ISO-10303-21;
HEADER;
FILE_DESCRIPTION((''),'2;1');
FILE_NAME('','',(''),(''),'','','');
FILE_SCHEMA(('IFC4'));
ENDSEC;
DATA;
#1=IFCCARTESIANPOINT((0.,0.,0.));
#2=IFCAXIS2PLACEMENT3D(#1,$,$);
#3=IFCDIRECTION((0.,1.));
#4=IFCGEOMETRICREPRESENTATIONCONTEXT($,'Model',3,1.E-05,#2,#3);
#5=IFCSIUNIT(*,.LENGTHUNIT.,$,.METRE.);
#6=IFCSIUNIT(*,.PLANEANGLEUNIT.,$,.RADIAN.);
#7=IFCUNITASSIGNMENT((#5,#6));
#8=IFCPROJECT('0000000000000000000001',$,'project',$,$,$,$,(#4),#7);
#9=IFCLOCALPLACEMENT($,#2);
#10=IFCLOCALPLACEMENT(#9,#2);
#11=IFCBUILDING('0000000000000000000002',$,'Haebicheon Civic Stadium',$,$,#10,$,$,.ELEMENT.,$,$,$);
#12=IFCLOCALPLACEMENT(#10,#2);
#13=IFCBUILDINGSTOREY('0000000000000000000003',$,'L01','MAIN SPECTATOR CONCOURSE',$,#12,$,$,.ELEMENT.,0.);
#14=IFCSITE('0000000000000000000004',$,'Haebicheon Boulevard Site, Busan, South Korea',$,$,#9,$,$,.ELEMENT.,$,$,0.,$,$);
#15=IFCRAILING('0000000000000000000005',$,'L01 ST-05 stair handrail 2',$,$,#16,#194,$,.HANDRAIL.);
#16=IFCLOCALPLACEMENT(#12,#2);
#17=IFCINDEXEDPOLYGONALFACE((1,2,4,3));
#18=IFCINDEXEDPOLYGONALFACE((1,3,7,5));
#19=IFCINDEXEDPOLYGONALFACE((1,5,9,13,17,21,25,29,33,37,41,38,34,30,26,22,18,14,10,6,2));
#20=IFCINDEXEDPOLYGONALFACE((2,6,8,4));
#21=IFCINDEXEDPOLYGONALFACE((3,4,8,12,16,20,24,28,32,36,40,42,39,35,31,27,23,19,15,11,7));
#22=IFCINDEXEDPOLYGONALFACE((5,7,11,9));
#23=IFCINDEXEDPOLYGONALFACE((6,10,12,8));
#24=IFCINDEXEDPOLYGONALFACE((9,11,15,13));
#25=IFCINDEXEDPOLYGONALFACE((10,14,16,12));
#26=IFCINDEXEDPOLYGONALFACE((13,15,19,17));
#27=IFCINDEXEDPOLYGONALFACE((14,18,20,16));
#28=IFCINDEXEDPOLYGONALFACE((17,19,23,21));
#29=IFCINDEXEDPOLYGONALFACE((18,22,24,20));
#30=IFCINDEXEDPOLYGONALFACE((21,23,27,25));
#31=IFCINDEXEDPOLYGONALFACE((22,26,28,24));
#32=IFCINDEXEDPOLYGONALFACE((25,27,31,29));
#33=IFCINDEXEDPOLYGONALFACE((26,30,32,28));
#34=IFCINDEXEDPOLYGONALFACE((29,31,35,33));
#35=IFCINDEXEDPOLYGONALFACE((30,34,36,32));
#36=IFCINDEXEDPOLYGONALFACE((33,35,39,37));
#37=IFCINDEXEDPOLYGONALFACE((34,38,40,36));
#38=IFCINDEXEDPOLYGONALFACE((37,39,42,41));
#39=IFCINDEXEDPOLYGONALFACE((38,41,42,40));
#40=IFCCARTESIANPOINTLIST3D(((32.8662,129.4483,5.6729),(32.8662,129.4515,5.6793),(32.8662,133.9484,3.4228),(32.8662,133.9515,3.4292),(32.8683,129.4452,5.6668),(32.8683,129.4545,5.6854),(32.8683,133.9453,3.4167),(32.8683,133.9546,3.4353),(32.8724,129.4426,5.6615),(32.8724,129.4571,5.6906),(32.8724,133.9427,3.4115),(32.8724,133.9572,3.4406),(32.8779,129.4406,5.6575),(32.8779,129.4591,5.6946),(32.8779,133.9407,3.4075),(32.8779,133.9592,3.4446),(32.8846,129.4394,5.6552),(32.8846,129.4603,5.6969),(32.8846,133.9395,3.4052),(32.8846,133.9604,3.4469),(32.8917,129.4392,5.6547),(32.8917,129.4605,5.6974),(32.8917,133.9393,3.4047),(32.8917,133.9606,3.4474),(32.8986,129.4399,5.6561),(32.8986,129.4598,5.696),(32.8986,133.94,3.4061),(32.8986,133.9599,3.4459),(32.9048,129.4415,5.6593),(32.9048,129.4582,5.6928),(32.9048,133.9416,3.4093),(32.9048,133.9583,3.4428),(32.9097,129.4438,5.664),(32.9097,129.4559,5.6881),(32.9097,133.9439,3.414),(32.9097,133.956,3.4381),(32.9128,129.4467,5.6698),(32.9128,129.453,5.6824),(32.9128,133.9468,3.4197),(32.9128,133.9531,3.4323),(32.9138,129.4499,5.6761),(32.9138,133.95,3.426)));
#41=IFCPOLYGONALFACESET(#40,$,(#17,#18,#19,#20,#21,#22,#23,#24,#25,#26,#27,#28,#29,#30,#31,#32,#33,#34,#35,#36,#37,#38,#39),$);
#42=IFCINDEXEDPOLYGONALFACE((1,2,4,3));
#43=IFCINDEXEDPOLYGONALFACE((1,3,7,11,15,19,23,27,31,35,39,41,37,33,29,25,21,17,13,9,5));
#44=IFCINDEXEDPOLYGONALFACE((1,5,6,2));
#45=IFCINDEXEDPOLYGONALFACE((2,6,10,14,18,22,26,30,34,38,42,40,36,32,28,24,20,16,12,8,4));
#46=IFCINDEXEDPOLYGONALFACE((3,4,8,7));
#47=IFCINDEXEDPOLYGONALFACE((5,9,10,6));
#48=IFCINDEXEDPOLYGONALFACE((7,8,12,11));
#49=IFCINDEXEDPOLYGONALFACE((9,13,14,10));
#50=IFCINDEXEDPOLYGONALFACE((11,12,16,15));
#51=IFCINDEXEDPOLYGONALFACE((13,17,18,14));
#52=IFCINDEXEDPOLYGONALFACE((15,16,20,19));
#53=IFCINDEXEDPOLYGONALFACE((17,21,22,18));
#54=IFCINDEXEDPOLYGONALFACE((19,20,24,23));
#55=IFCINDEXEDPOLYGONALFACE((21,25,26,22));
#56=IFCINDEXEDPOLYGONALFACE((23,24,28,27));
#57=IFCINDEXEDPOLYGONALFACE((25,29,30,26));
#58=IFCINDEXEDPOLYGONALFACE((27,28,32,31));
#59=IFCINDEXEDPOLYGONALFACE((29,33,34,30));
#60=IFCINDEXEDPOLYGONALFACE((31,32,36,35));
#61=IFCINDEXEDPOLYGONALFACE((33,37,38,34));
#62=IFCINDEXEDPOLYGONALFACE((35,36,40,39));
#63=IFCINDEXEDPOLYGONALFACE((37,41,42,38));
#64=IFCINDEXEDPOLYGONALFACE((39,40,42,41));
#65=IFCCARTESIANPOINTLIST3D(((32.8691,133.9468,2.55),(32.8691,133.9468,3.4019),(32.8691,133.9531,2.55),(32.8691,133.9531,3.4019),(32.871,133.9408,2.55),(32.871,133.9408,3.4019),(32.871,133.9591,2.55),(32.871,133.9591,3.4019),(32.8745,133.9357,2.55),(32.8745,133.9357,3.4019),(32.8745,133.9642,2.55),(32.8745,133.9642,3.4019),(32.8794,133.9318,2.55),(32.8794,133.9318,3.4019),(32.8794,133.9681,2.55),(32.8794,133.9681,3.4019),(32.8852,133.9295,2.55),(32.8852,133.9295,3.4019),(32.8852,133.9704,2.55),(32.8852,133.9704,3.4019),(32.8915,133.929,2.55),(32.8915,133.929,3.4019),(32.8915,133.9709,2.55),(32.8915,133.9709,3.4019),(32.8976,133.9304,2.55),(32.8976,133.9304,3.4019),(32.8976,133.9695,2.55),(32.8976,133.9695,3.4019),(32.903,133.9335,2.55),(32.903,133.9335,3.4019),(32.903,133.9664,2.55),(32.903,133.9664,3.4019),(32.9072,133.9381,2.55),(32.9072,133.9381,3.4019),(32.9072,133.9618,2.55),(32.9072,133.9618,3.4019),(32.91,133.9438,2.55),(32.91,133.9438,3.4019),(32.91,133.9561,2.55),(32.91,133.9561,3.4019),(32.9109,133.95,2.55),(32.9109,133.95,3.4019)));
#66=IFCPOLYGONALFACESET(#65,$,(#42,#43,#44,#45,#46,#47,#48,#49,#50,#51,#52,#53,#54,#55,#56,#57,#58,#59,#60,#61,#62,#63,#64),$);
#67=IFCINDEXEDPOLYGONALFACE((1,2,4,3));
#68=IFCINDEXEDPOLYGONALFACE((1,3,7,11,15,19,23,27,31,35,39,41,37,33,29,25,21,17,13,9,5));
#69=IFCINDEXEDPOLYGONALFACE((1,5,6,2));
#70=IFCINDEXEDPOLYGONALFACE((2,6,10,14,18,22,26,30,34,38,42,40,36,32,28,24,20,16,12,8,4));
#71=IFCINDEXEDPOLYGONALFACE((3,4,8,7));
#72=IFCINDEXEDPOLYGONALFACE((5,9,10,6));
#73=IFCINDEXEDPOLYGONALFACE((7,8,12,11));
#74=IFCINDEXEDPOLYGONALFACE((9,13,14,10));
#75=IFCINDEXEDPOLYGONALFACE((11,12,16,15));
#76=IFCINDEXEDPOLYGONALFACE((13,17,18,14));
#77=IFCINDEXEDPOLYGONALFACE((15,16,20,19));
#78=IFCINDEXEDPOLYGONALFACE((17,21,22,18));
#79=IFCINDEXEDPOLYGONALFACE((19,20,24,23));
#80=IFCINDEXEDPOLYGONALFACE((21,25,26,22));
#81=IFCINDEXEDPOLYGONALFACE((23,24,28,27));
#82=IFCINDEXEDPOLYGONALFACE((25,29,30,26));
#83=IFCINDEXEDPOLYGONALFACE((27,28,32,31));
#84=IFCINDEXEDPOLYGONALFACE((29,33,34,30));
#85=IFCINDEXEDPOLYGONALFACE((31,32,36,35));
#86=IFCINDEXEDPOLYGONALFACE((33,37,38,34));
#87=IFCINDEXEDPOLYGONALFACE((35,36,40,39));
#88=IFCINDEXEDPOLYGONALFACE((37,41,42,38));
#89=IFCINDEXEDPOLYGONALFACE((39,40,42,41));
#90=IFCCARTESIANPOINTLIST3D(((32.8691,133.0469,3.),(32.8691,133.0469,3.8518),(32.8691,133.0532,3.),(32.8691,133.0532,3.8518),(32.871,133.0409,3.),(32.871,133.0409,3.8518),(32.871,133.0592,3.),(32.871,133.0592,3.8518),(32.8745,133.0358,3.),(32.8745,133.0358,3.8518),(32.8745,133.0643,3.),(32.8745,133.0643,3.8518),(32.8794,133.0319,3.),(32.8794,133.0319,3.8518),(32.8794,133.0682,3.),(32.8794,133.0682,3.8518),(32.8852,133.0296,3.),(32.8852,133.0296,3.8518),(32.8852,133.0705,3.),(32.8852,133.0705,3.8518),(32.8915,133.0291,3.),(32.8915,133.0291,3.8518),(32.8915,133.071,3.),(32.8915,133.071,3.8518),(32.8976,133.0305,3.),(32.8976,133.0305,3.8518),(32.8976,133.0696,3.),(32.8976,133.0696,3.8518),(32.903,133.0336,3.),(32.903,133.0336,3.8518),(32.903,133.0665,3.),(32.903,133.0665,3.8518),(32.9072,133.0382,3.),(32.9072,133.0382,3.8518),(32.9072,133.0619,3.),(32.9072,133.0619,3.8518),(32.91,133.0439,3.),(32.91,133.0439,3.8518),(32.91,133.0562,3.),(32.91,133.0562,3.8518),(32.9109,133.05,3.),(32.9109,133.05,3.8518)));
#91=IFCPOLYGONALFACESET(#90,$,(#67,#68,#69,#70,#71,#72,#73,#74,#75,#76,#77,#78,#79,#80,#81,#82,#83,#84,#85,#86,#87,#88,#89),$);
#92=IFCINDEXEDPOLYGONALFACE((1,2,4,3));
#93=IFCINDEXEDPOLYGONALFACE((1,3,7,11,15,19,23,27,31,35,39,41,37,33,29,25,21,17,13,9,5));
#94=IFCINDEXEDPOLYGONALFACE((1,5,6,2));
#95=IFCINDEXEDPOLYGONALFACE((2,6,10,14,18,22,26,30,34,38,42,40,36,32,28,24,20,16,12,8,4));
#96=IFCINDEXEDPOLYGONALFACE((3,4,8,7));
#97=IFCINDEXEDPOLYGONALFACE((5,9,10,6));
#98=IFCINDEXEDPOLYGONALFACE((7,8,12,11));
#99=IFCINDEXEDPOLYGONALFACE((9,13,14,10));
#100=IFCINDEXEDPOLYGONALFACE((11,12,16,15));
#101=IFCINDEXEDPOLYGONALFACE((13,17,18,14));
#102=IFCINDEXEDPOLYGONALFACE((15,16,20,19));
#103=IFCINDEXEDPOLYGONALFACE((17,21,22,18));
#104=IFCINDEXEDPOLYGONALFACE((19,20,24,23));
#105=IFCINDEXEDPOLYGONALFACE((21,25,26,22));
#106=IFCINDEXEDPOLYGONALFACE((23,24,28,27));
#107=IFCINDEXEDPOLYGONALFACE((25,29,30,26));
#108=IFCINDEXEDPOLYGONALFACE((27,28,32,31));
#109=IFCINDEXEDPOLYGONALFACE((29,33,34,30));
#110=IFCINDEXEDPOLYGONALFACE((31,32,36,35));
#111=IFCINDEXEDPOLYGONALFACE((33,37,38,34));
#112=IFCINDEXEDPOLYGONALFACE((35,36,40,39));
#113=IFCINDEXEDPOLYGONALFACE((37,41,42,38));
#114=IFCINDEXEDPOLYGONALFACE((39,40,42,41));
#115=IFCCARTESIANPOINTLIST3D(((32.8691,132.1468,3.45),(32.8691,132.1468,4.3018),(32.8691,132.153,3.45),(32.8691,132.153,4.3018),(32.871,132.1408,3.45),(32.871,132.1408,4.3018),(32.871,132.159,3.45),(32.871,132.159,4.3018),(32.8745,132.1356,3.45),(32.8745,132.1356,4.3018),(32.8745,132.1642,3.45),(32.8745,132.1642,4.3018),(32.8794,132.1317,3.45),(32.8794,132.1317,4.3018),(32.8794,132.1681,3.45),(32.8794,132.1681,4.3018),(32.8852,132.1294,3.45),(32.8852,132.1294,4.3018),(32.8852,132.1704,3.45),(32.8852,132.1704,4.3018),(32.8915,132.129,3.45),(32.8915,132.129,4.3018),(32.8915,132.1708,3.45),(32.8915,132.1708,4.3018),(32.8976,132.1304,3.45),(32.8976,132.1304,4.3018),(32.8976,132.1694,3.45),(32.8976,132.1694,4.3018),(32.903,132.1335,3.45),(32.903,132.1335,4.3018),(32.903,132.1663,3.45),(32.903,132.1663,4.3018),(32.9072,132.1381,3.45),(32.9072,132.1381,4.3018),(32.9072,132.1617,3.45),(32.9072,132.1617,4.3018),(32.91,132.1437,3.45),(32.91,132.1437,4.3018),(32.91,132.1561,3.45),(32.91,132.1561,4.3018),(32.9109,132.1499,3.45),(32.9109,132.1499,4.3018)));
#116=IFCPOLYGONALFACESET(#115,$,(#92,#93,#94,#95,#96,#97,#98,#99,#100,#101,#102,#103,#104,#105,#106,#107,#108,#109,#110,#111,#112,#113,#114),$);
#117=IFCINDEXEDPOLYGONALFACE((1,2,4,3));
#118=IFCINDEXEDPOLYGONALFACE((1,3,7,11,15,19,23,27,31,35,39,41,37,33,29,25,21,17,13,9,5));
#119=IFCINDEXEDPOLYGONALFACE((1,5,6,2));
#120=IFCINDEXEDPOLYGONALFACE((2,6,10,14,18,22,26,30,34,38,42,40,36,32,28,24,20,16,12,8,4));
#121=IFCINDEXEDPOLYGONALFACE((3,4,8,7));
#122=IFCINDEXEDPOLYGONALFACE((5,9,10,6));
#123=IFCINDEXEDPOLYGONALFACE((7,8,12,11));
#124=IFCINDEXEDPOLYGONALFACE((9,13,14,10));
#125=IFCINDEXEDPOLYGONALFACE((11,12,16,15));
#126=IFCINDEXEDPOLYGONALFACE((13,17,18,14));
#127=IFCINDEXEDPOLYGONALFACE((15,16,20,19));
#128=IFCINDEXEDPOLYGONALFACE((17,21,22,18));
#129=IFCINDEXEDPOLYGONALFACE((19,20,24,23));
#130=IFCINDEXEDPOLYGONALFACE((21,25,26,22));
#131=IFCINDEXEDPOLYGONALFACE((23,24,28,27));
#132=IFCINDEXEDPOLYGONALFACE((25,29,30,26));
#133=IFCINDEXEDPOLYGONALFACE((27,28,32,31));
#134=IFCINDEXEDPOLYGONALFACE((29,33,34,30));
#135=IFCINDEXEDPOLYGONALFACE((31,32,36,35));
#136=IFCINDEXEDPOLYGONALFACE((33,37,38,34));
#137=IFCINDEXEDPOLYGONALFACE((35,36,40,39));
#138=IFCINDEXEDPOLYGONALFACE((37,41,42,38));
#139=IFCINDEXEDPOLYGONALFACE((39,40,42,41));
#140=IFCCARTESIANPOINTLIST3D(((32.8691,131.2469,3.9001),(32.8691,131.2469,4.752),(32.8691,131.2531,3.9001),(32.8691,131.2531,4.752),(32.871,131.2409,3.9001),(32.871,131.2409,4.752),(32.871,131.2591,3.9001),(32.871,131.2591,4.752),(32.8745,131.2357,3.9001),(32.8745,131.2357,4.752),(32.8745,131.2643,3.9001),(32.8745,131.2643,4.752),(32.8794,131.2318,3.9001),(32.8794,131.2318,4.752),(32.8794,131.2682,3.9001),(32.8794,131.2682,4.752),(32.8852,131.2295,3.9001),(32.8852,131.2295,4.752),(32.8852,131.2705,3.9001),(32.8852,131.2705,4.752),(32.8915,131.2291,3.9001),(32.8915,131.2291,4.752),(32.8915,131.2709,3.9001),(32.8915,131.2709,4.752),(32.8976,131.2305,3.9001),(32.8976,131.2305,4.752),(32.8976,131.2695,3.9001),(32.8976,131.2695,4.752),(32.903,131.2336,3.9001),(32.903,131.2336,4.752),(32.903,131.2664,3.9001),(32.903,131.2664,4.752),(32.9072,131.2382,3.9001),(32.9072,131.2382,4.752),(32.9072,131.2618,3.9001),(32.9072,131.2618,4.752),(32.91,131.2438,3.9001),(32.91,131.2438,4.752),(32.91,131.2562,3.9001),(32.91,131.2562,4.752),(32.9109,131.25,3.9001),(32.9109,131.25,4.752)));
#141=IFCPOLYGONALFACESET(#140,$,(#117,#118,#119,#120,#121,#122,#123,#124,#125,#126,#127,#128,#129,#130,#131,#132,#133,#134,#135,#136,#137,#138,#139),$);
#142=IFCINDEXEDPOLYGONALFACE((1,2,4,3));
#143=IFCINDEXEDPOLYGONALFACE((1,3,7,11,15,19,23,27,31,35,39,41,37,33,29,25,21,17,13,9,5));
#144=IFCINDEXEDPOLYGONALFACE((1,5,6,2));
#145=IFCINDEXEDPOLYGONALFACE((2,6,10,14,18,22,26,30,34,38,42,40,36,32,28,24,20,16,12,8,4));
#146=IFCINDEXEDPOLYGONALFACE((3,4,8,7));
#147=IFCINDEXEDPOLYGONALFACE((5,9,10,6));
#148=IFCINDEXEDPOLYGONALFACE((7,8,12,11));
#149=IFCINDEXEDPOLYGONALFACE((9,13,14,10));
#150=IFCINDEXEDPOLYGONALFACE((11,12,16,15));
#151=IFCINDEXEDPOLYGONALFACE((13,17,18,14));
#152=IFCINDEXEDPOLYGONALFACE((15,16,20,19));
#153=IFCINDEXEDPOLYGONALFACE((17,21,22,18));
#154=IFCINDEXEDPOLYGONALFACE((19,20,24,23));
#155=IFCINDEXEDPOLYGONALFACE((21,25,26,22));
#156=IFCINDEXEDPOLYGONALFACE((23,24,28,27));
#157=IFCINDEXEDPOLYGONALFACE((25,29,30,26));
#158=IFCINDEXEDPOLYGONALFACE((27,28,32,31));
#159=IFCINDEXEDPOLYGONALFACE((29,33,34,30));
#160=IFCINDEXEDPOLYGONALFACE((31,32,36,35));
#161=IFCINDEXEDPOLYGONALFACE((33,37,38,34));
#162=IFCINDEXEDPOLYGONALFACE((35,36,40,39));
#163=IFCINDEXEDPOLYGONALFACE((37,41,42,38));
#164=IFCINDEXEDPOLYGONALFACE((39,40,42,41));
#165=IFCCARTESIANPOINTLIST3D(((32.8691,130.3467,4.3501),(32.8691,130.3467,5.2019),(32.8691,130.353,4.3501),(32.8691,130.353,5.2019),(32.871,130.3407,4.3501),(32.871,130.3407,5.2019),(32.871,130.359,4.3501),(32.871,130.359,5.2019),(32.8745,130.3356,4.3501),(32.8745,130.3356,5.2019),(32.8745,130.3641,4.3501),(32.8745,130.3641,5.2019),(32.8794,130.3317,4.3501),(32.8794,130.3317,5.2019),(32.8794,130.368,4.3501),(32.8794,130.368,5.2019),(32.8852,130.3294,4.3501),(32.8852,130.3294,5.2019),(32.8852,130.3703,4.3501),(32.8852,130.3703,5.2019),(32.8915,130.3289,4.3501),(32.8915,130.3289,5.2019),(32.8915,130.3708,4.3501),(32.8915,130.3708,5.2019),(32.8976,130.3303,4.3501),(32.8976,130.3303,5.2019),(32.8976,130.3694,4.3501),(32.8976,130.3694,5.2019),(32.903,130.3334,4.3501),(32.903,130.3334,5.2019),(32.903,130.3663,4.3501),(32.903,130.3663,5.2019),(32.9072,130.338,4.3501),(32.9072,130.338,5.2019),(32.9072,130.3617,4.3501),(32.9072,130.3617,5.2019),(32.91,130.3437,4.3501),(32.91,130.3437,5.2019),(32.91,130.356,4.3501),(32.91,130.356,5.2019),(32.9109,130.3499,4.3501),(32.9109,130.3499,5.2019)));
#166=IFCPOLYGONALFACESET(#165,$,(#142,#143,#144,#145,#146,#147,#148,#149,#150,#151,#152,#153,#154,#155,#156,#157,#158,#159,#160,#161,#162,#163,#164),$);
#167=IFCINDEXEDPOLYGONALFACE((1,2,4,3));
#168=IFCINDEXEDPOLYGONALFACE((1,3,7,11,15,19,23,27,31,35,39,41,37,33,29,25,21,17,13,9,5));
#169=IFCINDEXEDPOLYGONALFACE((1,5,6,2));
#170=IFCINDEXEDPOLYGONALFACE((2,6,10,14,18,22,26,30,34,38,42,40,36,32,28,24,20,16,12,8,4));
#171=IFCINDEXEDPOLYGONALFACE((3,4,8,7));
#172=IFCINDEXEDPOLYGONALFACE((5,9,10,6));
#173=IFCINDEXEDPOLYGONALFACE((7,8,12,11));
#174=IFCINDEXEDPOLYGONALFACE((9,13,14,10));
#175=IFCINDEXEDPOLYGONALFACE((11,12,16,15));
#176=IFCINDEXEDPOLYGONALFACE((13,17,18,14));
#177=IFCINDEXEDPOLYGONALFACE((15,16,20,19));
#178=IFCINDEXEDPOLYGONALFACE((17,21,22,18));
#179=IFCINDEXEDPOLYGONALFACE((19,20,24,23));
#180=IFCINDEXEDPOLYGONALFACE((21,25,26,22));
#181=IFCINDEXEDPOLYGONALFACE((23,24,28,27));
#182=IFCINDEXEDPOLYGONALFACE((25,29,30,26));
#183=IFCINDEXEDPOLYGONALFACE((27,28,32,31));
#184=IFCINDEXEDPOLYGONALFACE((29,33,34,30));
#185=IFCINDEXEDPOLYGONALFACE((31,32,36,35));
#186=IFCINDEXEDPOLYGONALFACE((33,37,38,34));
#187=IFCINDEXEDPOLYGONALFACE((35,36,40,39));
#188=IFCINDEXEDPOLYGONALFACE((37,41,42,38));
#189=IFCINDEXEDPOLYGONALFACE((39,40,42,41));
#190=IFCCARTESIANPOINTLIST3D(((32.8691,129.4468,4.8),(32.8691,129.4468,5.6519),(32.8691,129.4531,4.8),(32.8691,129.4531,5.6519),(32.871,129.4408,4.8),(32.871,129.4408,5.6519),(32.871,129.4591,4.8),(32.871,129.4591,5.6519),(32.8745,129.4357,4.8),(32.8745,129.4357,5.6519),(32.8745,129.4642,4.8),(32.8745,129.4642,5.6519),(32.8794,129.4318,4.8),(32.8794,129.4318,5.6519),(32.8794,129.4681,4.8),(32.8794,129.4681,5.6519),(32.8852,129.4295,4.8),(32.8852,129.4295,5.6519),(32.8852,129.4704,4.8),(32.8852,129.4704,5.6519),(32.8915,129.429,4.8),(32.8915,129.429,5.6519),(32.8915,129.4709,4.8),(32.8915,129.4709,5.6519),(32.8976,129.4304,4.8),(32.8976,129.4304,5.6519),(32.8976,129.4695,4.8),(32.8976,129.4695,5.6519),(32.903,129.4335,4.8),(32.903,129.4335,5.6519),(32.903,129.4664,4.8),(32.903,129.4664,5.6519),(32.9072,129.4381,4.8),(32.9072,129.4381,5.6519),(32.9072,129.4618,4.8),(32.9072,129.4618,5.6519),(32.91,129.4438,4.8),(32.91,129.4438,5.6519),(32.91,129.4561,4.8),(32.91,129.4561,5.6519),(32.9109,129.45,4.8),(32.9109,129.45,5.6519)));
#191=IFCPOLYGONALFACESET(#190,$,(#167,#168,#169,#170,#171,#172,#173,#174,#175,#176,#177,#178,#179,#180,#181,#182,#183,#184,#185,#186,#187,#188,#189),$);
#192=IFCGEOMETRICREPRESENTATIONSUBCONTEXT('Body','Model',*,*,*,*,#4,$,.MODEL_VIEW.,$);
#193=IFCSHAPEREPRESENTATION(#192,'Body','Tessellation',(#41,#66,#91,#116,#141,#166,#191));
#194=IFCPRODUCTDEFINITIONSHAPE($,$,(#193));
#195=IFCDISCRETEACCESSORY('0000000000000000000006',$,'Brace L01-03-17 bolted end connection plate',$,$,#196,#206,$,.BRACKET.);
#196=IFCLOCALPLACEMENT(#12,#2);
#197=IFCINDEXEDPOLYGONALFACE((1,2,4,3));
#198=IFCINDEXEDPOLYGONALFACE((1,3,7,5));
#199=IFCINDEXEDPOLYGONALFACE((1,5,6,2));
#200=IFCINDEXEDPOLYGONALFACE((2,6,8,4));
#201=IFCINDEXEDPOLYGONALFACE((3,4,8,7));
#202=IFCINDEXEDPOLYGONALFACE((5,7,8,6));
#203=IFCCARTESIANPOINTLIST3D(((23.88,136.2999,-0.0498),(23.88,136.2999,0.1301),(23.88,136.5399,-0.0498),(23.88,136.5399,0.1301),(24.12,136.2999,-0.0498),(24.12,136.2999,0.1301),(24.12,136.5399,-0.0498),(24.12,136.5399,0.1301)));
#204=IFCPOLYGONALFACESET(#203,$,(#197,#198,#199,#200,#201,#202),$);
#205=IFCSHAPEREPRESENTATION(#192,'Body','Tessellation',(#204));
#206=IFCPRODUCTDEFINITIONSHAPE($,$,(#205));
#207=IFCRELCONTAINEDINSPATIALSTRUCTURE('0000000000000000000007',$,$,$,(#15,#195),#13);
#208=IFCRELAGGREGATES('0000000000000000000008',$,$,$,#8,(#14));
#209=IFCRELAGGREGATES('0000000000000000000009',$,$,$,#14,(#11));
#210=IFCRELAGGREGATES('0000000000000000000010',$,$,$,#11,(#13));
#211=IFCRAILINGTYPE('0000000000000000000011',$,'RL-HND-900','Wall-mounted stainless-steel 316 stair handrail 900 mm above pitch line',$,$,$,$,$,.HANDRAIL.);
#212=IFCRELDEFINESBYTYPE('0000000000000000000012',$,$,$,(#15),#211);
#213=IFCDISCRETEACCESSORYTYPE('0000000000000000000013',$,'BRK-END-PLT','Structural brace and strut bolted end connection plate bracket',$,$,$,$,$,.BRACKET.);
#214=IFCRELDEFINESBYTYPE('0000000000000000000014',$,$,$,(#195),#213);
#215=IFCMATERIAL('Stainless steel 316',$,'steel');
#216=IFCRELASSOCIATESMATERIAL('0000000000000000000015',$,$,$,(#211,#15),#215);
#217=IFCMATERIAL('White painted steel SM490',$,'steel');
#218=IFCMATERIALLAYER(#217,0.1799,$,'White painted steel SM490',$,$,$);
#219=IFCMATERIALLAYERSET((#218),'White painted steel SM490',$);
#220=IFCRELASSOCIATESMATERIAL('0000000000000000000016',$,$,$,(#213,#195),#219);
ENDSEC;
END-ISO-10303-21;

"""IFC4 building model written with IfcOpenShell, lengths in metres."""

from ifc_helpers import new_model, si_unit, direction, frame, origin, origin_2d, place, context, subcontext, project, spatial, rectangle, circle, extrude, material, layer, layer_set, type_object, element, save


model = new_model("IFC4")

# Units and contexts
model_context = context("Model", 3, precision=1e-05, world=origin(), true_north=direction((0.0, 1.0)))
body_context = subcontext(model_context, "Body", "Model", "MODEL_VIEW")
ifc_project = project(units=[si_unit("LENGTHUNIT", "METRE"), si_unit("PLANEANGLEUNIT", "RADIAN")], contexts=[model_context])

# Site, building, storey
site_placement = place(None, origin())
site = spatial("IfcSite", under=ifc_project, at=site_placement, Name="Haebicheon Boulevard Site, Busan, South Korea", CompositionType="ELEMENT", RefElevation=0.0)
building_placement = place(site_placement, origin())
building = spatial("IfcBuilding", under=site, at=building_placement, Name="Haebicheon Civic Stadium", CompositionType="ELEMENT")
storey_placement = place(building_placement, origin())
storey = spatial("IfcBuildingStorey", under=building, at=storey_placement, Name="L01", Description="MAIN SPECTATOR CONCOURSE", CompositionType="ELEMENT", Elevation=0.0)

# Railing
ifc_material_1 = material(Name="Stainless steel 316", Category="steel")
railing_type_1 = type_object("IfcRailingType", Name="RL-HND-900", Description="Wall-mounted stainless-steel 316 stair handrail 900 mm above pitch line", PredefinedType="HANDRAIL", material=ifc_material_1)
railing_1_placement = place(storey_placement, frame((32.8899, 133.95, 2.55)))
element("IfcRailing", 1, at=railing_1_placement, inside=storey, type_object=railing_type_1, material=ifc_material_1, Name="L01 ST-05 stair handrail 2", PredefinedType="HANDRAIL", context=body_context, shape_type="SweptSolid", body=[
    extrude(circle(Radius=0.0239, at=origin_2d()), frame((0.0, 0.0, 0.876), z_axis=(0.0, -0.894427, 0.447214), x_axis=(1.0, 0.0, 0.0)), (0.0, 0.0, 1.0), 5.0312),
    extrude(circle(Radius=0.021, at=origin_2d()), origin(), (0.0, 0.0, 1.0), 0.8518),
    extrude(circle(Radius=0.021, at=origin_2d()), frame((0.0, -0.8999, 0.45)), (0.0, 0.0, 1.0), 0.8518),
    extrude(circle(Radius=0.021, at=origin_2d()), frame((0.0, -1.8, 0.8999)), (0.0, 0.0, 1.0), 0.8518),
    extrude(circle(Radius=0.021, at=origin_2d()), frame((0.0, -2.7, 1.3501)), (0.0, 0.0, 1.0), 0.8518),
    extrude(circle(Radius=0.021, at=origin_2d()), frame((0.0, -3.6001, 1.8)), (0.0, 0.0, 1.0), 0.8518),
    extrude(circle(Radius=0.021, at=origin_2d()), frame((0.0, -4.5, 2.25)), (0.0, 0.0, 1.0), 0.8518),
])

# Discrete accessory
ifc_material_2 = material(Name="White painted steel SM490", Category="steel")
ifc_layer_1 = layer(ifc_material_2, 0.1799, Name="White painted steel SM490")
ifc_layer_set_1 = layer_set([ifc_layer_1], Name="White painted steel SM490")
discrete_accessory_type = type_object("IfcDiscreteAccessoryType", Name="BRK-END-PLT", Description="Structural brace and strut bolted end connection plate bracket", PredefinedType="BRACKET", material=ifc_layer_set_1)
discrete_accessory_placement = place(storey_placement, frame((24.0, 136.4199, -0.0498), z_axis=(0.0, 0.0, 1.0), x_axis=(1.0, 0.0, 0.0)))
element("IfcDiscreteAccessory", 2, at=discrete_accessory_placement, inside=storey, type_object=discrete_accessory_type, material=ifc_layer_set_1, Name="Brace L01-03-17 bolted end connection plate", PredefinedType="BRACKET", context=body_context, shape_type="SweptSolid", body=[
    extrude(rectangle(XDim=0.24, YDim=0.24, at=origin_2d()), origin(), (0.0, 0.0, 1.0), 0.1799),
])

save(model, "model.ifc")
